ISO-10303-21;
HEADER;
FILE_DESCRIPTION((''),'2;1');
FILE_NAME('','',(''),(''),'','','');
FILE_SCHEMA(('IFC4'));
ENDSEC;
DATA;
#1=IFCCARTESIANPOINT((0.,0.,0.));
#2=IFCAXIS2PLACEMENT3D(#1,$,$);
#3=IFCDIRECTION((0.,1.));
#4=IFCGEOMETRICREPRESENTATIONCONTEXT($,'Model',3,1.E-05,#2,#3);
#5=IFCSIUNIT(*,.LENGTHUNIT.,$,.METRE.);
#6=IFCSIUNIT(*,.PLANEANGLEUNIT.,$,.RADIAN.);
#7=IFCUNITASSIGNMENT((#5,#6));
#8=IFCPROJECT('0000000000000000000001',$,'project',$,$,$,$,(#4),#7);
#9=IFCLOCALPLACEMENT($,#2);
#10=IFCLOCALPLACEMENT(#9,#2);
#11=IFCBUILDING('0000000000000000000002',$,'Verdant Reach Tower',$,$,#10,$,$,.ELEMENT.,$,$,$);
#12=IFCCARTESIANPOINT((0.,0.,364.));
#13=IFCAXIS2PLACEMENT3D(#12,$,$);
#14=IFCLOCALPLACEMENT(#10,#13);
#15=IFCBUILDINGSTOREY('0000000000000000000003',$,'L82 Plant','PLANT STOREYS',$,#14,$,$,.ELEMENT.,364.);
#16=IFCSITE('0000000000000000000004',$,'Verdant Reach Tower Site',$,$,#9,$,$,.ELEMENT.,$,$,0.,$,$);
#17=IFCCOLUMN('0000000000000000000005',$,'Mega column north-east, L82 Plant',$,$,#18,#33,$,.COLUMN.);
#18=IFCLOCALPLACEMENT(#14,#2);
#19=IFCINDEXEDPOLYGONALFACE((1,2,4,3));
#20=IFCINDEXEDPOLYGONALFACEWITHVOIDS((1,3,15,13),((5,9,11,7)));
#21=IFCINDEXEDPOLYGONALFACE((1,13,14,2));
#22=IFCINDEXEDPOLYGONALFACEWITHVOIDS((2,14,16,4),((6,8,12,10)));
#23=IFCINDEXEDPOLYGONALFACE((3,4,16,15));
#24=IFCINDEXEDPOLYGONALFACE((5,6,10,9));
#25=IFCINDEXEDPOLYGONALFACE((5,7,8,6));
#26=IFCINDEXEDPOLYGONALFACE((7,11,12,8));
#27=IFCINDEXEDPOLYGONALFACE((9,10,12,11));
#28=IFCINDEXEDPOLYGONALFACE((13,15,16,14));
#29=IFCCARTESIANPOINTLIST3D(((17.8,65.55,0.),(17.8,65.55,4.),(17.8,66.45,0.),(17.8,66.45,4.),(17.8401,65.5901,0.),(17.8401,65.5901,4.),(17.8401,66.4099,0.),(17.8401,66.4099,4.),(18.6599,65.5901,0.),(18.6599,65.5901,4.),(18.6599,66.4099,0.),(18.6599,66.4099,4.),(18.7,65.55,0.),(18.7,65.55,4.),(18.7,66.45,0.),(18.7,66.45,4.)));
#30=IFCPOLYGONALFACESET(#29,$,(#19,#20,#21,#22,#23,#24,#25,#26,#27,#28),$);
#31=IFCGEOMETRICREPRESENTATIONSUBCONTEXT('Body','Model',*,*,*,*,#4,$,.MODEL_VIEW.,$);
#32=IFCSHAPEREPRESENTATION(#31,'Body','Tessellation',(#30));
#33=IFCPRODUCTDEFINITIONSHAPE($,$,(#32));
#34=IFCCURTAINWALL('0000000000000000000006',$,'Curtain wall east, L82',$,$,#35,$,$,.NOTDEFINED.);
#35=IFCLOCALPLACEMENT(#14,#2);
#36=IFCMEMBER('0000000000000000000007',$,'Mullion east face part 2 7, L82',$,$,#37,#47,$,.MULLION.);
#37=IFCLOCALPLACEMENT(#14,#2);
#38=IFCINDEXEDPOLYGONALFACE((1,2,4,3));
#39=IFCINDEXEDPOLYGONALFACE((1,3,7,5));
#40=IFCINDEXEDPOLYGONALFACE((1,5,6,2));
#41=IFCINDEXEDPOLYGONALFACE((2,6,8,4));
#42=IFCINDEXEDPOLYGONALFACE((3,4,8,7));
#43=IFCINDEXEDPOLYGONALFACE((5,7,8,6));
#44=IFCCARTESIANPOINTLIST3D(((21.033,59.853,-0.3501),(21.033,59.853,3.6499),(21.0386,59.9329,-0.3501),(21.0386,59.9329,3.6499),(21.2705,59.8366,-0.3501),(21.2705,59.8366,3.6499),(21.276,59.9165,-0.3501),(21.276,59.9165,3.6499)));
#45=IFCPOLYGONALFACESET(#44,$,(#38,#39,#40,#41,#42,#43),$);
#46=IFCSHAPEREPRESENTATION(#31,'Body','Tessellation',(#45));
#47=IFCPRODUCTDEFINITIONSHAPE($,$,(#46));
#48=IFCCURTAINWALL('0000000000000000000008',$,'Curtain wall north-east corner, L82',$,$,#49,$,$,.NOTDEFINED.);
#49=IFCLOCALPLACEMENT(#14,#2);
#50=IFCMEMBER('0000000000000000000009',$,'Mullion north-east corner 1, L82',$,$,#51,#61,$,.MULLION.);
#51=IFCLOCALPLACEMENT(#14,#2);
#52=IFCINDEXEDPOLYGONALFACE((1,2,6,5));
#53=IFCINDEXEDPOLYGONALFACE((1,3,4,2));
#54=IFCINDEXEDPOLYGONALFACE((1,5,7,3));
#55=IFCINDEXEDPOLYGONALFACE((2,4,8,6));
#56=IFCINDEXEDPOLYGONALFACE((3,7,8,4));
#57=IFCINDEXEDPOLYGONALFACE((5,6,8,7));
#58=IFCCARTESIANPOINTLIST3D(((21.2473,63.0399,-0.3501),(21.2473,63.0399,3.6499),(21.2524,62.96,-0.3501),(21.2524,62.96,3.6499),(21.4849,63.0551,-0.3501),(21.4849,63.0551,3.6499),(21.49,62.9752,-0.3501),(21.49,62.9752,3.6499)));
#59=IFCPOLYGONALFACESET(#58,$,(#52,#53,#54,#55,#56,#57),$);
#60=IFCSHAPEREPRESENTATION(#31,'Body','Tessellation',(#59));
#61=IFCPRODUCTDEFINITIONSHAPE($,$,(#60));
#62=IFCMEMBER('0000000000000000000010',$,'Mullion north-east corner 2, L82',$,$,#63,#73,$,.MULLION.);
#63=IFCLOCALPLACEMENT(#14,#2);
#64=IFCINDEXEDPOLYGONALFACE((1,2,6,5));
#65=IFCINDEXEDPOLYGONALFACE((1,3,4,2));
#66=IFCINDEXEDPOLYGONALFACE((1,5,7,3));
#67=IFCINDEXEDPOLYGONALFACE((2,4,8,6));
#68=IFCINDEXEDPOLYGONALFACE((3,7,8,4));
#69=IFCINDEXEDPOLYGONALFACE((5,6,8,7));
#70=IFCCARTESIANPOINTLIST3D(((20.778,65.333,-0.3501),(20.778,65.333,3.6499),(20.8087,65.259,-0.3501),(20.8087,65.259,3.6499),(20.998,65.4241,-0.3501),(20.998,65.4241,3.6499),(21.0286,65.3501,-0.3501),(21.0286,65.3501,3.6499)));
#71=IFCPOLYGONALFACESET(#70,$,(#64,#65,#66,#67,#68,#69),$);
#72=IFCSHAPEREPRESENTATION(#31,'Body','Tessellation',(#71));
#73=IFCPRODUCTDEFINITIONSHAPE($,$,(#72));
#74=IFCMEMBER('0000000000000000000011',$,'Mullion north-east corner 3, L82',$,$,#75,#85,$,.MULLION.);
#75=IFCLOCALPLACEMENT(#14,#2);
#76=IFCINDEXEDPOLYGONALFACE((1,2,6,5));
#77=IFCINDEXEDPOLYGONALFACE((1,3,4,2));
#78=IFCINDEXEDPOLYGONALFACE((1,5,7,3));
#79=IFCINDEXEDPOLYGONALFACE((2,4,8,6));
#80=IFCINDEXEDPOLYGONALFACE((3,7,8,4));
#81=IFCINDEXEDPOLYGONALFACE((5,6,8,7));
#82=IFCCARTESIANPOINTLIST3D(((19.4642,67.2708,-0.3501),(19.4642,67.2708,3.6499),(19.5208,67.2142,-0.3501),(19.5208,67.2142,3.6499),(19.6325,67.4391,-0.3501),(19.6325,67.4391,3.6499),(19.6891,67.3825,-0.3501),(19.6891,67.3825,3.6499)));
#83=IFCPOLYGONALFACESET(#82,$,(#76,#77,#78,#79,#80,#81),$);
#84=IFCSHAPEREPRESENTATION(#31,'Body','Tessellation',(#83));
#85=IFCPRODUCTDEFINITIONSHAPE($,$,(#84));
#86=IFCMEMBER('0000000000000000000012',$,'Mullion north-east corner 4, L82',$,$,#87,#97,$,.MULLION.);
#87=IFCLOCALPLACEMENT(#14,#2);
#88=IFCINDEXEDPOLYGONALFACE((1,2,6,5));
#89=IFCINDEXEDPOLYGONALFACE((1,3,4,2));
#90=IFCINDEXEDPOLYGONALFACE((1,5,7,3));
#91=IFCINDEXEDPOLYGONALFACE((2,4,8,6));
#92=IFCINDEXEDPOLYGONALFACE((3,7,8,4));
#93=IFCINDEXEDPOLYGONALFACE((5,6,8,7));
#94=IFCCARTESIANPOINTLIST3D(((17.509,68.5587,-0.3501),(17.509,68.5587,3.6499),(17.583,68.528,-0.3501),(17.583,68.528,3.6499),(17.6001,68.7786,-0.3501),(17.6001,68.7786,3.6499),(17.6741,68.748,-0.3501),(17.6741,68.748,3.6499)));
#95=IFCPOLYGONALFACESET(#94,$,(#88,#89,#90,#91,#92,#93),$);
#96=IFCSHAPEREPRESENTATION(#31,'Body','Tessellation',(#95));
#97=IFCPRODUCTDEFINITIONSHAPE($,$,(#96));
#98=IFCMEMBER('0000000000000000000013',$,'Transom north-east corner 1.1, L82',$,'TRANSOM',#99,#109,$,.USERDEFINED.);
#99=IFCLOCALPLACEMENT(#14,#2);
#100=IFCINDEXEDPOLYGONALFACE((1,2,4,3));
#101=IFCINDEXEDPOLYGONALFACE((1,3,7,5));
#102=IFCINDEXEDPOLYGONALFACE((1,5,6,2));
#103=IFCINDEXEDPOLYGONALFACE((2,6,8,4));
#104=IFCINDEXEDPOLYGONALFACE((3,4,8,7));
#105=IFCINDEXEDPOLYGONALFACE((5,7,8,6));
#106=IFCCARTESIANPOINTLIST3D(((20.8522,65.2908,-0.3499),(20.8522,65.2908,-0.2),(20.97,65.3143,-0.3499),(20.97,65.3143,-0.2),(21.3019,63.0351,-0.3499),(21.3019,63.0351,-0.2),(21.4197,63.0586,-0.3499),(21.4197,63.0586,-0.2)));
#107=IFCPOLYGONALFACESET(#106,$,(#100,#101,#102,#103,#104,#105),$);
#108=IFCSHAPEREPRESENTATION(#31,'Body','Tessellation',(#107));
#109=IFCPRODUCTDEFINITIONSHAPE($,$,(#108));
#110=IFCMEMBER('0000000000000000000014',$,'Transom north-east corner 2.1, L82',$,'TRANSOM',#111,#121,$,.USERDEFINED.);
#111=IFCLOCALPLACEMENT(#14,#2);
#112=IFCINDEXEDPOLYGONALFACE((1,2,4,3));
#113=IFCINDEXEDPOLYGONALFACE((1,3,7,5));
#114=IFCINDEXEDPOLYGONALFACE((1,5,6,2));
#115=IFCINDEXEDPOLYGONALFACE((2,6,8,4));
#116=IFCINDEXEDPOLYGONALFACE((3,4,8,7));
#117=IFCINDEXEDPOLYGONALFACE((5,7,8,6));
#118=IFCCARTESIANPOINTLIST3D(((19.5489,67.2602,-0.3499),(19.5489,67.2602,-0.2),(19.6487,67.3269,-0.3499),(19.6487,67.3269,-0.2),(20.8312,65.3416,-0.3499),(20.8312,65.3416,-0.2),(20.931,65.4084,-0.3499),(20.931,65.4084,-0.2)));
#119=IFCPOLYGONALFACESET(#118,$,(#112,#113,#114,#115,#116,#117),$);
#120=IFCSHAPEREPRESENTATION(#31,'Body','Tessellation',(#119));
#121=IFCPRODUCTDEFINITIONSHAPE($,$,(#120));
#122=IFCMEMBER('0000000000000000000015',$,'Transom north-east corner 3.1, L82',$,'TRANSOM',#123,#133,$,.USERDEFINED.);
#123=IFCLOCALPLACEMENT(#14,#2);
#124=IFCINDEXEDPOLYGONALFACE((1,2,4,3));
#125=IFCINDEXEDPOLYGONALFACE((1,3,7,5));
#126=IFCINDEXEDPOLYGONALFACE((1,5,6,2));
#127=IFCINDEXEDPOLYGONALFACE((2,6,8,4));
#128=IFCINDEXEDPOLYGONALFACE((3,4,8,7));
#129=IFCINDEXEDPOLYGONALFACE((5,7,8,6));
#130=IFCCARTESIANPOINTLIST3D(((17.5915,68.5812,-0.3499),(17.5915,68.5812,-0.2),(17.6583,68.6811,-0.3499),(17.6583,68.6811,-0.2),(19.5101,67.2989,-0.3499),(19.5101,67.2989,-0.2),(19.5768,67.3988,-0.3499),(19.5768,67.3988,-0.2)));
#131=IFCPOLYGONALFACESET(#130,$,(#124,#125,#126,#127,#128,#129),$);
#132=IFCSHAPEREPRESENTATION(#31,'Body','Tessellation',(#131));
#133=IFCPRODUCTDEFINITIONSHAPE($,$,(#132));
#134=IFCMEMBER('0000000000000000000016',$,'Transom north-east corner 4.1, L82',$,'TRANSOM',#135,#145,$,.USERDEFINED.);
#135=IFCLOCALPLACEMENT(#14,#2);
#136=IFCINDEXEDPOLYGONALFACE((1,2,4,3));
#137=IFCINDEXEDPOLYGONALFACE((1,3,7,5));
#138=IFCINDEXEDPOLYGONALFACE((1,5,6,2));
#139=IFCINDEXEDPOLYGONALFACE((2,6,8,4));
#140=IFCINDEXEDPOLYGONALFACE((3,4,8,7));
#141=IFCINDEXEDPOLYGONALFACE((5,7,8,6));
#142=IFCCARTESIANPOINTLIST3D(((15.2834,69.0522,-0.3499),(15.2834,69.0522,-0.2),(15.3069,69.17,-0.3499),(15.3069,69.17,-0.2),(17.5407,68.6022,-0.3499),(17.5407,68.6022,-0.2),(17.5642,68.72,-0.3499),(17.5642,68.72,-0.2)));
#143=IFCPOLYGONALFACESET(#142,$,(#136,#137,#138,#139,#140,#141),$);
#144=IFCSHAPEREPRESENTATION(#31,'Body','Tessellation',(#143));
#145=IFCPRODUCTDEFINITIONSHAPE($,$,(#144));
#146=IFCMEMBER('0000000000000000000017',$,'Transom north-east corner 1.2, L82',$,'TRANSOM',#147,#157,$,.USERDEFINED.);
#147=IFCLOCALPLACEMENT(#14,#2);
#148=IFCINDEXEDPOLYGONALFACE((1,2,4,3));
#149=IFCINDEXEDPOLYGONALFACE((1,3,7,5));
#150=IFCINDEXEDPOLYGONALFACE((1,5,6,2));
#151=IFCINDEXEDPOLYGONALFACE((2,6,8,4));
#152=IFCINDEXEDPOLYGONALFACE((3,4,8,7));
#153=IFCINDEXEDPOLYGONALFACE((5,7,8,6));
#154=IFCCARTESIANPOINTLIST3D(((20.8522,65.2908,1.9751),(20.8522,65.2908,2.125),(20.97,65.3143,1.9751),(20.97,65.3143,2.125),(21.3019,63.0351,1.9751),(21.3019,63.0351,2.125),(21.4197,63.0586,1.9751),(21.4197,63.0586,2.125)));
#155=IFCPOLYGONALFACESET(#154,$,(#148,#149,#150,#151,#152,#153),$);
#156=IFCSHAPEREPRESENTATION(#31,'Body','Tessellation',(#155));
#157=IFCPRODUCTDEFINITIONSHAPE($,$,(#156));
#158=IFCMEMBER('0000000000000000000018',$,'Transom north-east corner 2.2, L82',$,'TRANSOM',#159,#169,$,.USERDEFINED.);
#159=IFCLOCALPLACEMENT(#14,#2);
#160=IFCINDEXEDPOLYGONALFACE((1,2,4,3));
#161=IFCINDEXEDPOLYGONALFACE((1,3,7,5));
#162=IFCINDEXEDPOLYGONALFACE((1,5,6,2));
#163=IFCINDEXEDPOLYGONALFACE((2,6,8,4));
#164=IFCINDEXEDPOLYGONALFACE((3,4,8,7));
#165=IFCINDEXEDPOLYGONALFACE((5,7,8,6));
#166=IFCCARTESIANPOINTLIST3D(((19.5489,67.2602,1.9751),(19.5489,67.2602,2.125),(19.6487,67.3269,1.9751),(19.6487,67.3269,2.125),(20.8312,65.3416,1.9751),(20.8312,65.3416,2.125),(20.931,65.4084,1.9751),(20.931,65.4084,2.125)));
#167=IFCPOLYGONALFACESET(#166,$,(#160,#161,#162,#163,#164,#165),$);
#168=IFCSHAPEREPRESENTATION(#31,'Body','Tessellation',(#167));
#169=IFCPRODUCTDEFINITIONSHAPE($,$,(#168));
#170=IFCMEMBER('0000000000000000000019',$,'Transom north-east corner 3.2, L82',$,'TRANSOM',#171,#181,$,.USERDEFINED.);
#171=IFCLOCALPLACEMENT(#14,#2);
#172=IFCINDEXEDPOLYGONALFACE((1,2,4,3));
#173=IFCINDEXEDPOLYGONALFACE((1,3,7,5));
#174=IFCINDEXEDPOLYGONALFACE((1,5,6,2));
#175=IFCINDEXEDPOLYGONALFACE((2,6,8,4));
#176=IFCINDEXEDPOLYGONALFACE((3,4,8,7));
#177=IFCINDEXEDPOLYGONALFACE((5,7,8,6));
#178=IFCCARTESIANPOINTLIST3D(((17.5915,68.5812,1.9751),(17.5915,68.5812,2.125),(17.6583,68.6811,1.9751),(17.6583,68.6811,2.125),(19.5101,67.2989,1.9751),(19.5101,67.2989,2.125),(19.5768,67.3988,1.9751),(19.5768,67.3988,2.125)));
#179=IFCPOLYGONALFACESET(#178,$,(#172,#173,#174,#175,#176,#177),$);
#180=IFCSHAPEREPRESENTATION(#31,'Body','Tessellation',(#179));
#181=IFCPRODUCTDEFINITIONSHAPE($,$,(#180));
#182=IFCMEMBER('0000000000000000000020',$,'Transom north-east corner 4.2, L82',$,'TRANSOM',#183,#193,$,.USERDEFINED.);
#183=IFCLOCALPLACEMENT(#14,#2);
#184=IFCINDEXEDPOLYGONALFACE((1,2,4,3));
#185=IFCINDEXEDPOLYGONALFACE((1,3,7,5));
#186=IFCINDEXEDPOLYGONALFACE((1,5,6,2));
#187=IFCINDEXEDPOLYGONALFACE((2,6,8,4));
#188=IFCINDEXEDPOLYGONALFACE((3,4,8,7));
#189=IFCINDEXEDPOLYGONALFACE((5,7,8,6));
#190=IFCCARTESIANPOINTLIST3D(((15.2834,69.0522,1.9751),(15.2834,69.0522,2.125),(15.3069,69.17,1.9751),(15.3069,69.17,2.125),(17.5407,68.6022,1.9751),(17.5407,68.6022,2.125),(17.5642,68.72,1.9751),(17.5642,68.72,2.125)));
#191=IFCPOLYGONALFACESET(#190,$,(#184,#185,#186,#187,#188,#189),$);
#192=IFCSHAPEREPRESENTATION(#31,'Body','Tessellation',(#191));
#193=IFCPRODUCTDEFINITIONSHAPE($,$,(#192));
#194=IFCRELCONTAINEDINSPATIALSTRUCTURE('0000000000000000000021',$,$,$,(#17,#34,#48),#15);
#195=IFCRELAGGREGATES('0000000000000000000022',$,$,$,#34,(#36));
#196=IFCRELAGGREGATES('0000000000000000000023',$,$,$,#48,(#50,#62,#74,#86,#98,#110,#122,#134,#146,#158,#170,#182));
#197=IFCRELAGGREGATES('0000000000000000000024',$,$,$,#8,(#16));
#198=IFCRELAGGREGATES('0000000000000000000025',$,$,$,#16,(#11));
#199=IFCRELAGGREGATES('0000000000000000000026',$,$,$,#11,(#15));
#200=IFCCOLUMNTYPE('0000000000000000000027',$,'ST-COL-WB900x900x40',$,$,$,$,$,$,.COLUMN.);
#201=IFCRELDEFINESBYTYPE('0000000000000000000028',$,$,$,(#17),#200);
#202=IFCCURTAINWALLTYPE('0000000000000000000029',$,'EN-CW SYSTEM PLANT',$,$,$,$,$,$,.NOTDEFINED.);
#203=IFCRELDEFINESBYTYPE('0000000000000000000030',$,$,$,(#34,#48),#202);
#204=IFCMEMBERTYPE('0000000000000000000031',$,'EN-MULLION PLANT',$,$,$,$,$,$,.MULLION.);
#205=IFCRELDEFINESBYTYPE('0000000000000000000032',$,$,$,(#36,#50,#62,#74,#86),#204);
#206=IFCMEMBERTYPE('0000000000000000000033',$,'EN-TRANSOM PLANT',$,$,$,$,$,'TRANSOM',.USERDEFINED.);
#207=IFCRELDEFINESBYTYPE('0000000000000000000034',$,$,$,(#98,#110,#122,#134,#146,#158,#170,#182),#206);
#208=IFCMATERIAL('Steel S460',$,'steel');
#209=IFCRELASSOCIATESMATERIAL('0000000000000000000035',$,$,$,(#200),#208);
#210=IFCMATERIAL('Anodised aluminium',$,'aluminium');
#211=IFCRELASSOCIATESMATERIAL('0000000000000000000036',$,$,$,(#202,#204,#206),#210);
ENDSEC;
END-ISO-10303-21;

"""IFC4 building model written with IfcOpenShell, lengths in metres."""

from ifc_helpers import new_model, si_unit, direction, frame, origin, origin_2d, place, context, subcontext, project, spatial, rectangle, hollow_rectangle, extrude, material, material_profile, profile_set, type_object, element, aggregate, save


model = new_model("IFC4")

# Units and contexts
model_context = context("Model", 3, precision=1e-05, world=origin(), true_north=direction((0.0, 1.0)))
body_context = subcontext(model_context, "Body", "Model", "MODEL_VIEW")
ifc_project = project(units=[si_unit("LENGTHUNIT", "METRE"), si_unit("PLANEANGLEUNIT", "RADIAN")], contexts=[model_context])

# Site, building, storey
site_placement = place(None, origin())
site = spatial("IfcSite", under=ifc_project, at=site_placement, Name="Verdant Reach Tower Site", CompositionType="ELEMENT", RefElevation=0.0)
building_placement = place(site_placement, origin())
building = spatial("IfcBuilding", under=site, at=building_placement, Name="Verdant Reach Tower", CompositionType="ELEMENT")
storey_placement = place(building_placement, frame((0.0, 0.0, 364.0)))
storey = spatial("IfcBuildingStorey", under=building, at=storey_placement, Name="L82 Plant", Description="PLANT STOREYS", CompositionType="ELEMENT", Elevation=364.0)

# Column
ifc_material_1 = material(Name="Steel S460", Category="steel")
ifc_material_profile_1 = material_profile(ifc_material_1, hollow_rectangle(XDim=0.8999, YDim=0.8999, WallThickness=0.04, at=origin_2d()), Name="WB 900x900x40")
ifc_profile_set_1 = profile_set([ifc_material_profile_1], Name="Steel S460")
column_type = type_object("IfcColumnType", Name="ST-COL-WB900x900x40", PredefinedType="COLUMN", material=ifc_profile_set_1)
column_placement = place(storey_placement, frame((18.25, 66.0, 0.0), z_axis=(0.0, 0.0, 1.0), x_axis=(1.0, 0.0, 0.0)))
element("IfcColumn", 1, at=column_placement, inside=storey, type_object=column_type, Name="Mega column north-east, L82 Plant", PredefinedType="COLUMN", context=body_context, shape_type="SweptSolid", body=[
    extrude(hollow_rectangle(XDim=0.8999, YDim=0.8999, WallThickness=0.04, at=origin_2d()), origin(), (0.0, 0.0, 1.0), 4.0),
])

# Curtain wall, member
ifc_material_2 = material(Name="Anodised aluminium", Category="aluminium")
curtain_wall_type = type_object("IfcCurtainWallType", Name="EN-CW SYSTEM PLANT", PredefinedType="NOTDEFINED", material=ifc_material_2)
curtain_wall_1_placement = place(storey_placement, origin())
curtain_wall_1 = element("IfcCurtainWall", 2, at=curtain_wall_1_placement, inside=storey, type_object=curtain_wall_type, Name="Curtain wall east, L82", PredefinedType="NOTDEFINED")
ifc_material_profile_2 = material_profile(ifc_material_2, rectangle(XDim=0.238, YDim=0.0801, at=origin_2d()), Name="Mullion 80x240")
ifc_profile_set_2 = profile_set([ifc_material_profile_2], Name="Anodised aluminium")
member_type_1 = type_object("IfcMemberType", Name="EN-MULLION PLANT", PredefinedType="MULLION", material=ifc_profile_set_2)
member_1_placement = place(storey_placement, frame((21.1545, 59.8848, -0.3501), z_axis=(0.0, 0.0, 1.0), x_axis=(0.99763, -0.068802, 0.0)))
member_1 = element("IfcMember", 3, at=member_1_placement, type_object=member_type_1, Name="Mullion east face part 2 7, L82", PredefinedType="MULLION", context=body_context, shape_type="SweptSolid", body=[
    extrude(rectangle(XDim=0.238, YDim=0.0801, at=origin_2d()), origin(), (0.0, 0.0, 1.0), 4.0),
])

# Curtain wall, members
curtain_wall_2_placement = place(storey_placement, origin())
curtain_wall_2 = element("IfcCurtainWall", 4, at=curtain_wall_2_placement, inside=storey, type_object=curtain_wall_type, Name="Curtain wall north-east corner, L82", PredefinedType="NOTDEFINED")
member_2_placement = place(storey_placement, frame((21.3687, 63.0076, -0.3501), z_axis=(0.0, 0.0, 1.0), x_axis=(0.997969, 0.063699, 0.0)))
member_2 = element("IfcMember", 5, at=member_2_placement, type_object=member_type_1, Name="Mullion north-east corner 1, L82", PredefinedType="MULLION", context=body_context, shape_type="SweptSolid", body=[
    extrude(rectangle(XDim=0.238, YDim=0.0801, at=origin_2d()), origin(), (0.0, 0.0, 1.0), 4.0),
])
member_3_placement = place(storey_placement, frame((20.9033, 65.3416, -0.3501), z_axis=(0.0, 0.0, 1.0), x_axis=(0.923875, 0.382694, 0.0)))
member_3 = element("IfcMember", 6, at=member_3_placement, type_object=member_type_1, Name="Mullion north-east corner 2, L82", PredefinedType="MULLION", context=body_context, shape_type="SweptSolid", body=[
    extrude(rectangle(XDim=0.238, YDim=0.0801, at=origin_2d()), origin(), (0.0, 0.0, 1.0), 4.0),
])
member_4_placement = place(storey_placement, frame((19.5767, 67.3267, -0.3501), z_axis=(0.0, 0.0, 1.0), x_axis=(0.707107, 0.707107, 0.0)))
member_4 = element("IfcMember", 7, at=member_4_placement, type_object=member_type_1, Name="Mullion north-east corner 3, L82", PredefinedType="MULLION", context=body_context, shape_type="SweptSolid", body=[
    extrude(rectangle(XDim=0.238, YDim=0.0801, at=origin_2d()), origin(), (0.0, 0.0, 1.0), 4.0),
])
member_5_placement = place(storey_placement, frame((17.5916, 68.6533, -0.3501), z_axis=(0.0, 0.0, 1.0), x_axis=(0.382694, 0.923875, 0.0)))
member_5 = element("IfcMember", 8, at=member_5_placement, type_object=member_type_1, Name="Mullion north-east corner 4, L82", PredefinedType="MULLION", context=body_context, shape_type="SweptSolid", body=[
    extrude(rectangle(XDim=0.238, YDim=0.0801, at=origin_2d()), origin(), (0.0, 0.0, 1.0), 4.0),
])
ifc_material_profile_3 = material_profile(ifc_material_2, rectangle(XDim=0.1201, YDim=0.1499, at=origin_2d()), Name="Transom 150x120")
ifc_profile_set_3 = profile_set([ifc_material_profile_3], Name="Anodised aluminium")
member_type_2 = type_object("IfcMemberType", Name="EN-TRANSOM PLANT", ElementType="TRANSOM", PredefinedType="USERDEFINED", material=ifc_profile_set_3)
member_6_placement = place(storey_placement, frame((21.3608, 63.0469, -0.2749), z_axis=(-0.195524, 0.980699, 0.0), x_axis=(-0.980699, -0.195524, 0.0)))
member_6 = element("IfcMember", 9, at=member_6_placement, type_object=member_type_2, Name="Transom north-east corner 1.1, L82", ObjectType="TRANSOM", PredefinedType="USERDEFINED", context=body_context, shape_type="SweptSolid", body=[
    extrude(rectangle(XDim=0.1201, YDim=0.1499, at=origin_2d()), origin(), (0.0, 0.0, 1.0), 2.3),
])
member_7_placement = place(storey_placement, frame((20.8811, 65.375, -0.2749), z_axis=(-0.555676, 0.831399, 0.0), x_axis=(-0.831399, -0.555676, 0.0)))
member_7 = element("IfcMember", 10, at=member_7_placement, type_object=member_type_2, Name="Transom north-east corner 2.1, L82", ObjectType="TRANSOM", PredefinedType="USERDEFINED", context=body_context, shape_type="SweptSolid", body=[
    extrude(rectangle(XDim=0.1201, YDim=0.1499, at=origin_2d()), origin(), (0.0, 0.0, 1.0), 2.3076),
])
member_8_placement = place(storey_placement, frame((19.5435, 67.3489, -0.2749), z_axis=(-0.831399, 0.555676, 0.0), x_axis=(-0.555676, -0.831399, 0.0)))
member_8 = element("IfcMember", 11, at=member_8_placement, type_object=member_type_2, Name="Transom north-east corner 3.1, L82", ObjectType="TRANSOM", PredefinedType="USERDEFINED", context=body_context, shape_type="SweptSolid", body=[
    extrude(rectangle(XDim=0.1201, YDim=0.1499, at=origin_2d()), origin(), (0.0, 0.0, 1.0), 2.3076),
])
member_9_placement = place(storey_placement, frame((17.5525, 68.6611, -0.2749), z_axis=(-0.980707, 0.195484, 0.0), x_axis=(-0.195484, -0.980707, 0.0)))
member_9 = element("IfcMember", 12, at=member_9_placement, type_object=member_type_2, Name="Transom north-east corner 4.1, L82", ObjectType="TRANSOM", PredefinedType="USERDEFINED", context=body_context, shape_type="SweptSolid", body=[
    extrude(rectangle(XDim=0.1201, YDim=0.1499, at=origin_2d()), origin(), (0.0, 0.0, 1.0), 2.3018),
])
member_10_placement = place(storey_placement, frame((21.3608, 63.0469, 2.05), z_axis=(-0.195524, 0.980699, 0.0), x_axis=(-0.980699, -0.195524, 0.0)))
member_10 = element("IfcMember", 13, at=member_10_placement, type_object=member_type_2, Name="Transom north-east corner 1.2, L82", ObjectType="TRANSOM", PredefinedType="USERDEFINED", context=body_context, shape_type="SweptSolid", body=[
    extrude(rectangle(XDim=0.1201, YDim=0.1499, at=origin_2d()), origin(), (0.0, 0.0, 1.0), 2.3),
])
member_11_placement = place(storey_placement, frame((20.8811, 65.375, 2.05), z_axis=(-0.555676, 0.831399, 0.0), x_axis=(-0.831399, -0.555676, 0.0)))
member_11 = element("IfcMember", 14, at=member_11_placement, type_object=member_type_2, Name="Transom north-east corner 2.2, L82", ObjectType="TRANSOM", PredefinedType="USERDEFINED", context=body_context, shape_type="SweptSolid", body=[
    extrude(rectangle(XDim=0.1201, YDim=0.1499, at=origin_2d()), origin(), (0.0, 0.0, 1.0), 2.3076),
])
member_12_placement = place(storey_placement, frame((19.5435, 67.3489, 2.05), z_axis=(-0.831399, 0.555676, 0.0), x_axis=(-0.555676, -0.831399, 0.0)))
member_12 = element("IfcMember", 15, at=member_12_placement, type_object=member_type_2, Name="Transom north-east corner 3.2, L82", ObjectType="TRANSOM", PredefinedType="USERDEFINED", context=body_context, shape_type="SweptSolid", body=[
    extrude(rectangle(XDim=0.1201, YDim=0.1499, at=origin_2d()), origin(), (0.0, 0.0, 1.0), 2.3076),
])
member_13_placement = place(storey_placement, frame((17.5525, 68.6611, 2.05), z_axis=(-0.980707, 0.195484, 0.0), x_axis=(-0.195484, -0.980707, 0.0)))
member_13 = element("IfcMember", 16, at=member_13_placement, type_object=member_type_2, Name="Transom north-east corner 4.2, L82", ObjectType="TRANSOM", PredefinedType="USERDEFINED", context=body_context, shape_type="SweptSolid", body=[
    extrude(rectangle(XDim=0.1201, YDim=0.1499, at=origin_2d()), origin(), (0.0, 0.0, 1.0), 2.3018),
])

aggregate(curtain_wall_1, [member_1])
aggregate(curtain_wall_2, [member_2, member_3, member_4, member_5, member_6, member_7, member_8, member_9, member_10, member_11, member_12, member_13])

save(model, "model.ifc")
